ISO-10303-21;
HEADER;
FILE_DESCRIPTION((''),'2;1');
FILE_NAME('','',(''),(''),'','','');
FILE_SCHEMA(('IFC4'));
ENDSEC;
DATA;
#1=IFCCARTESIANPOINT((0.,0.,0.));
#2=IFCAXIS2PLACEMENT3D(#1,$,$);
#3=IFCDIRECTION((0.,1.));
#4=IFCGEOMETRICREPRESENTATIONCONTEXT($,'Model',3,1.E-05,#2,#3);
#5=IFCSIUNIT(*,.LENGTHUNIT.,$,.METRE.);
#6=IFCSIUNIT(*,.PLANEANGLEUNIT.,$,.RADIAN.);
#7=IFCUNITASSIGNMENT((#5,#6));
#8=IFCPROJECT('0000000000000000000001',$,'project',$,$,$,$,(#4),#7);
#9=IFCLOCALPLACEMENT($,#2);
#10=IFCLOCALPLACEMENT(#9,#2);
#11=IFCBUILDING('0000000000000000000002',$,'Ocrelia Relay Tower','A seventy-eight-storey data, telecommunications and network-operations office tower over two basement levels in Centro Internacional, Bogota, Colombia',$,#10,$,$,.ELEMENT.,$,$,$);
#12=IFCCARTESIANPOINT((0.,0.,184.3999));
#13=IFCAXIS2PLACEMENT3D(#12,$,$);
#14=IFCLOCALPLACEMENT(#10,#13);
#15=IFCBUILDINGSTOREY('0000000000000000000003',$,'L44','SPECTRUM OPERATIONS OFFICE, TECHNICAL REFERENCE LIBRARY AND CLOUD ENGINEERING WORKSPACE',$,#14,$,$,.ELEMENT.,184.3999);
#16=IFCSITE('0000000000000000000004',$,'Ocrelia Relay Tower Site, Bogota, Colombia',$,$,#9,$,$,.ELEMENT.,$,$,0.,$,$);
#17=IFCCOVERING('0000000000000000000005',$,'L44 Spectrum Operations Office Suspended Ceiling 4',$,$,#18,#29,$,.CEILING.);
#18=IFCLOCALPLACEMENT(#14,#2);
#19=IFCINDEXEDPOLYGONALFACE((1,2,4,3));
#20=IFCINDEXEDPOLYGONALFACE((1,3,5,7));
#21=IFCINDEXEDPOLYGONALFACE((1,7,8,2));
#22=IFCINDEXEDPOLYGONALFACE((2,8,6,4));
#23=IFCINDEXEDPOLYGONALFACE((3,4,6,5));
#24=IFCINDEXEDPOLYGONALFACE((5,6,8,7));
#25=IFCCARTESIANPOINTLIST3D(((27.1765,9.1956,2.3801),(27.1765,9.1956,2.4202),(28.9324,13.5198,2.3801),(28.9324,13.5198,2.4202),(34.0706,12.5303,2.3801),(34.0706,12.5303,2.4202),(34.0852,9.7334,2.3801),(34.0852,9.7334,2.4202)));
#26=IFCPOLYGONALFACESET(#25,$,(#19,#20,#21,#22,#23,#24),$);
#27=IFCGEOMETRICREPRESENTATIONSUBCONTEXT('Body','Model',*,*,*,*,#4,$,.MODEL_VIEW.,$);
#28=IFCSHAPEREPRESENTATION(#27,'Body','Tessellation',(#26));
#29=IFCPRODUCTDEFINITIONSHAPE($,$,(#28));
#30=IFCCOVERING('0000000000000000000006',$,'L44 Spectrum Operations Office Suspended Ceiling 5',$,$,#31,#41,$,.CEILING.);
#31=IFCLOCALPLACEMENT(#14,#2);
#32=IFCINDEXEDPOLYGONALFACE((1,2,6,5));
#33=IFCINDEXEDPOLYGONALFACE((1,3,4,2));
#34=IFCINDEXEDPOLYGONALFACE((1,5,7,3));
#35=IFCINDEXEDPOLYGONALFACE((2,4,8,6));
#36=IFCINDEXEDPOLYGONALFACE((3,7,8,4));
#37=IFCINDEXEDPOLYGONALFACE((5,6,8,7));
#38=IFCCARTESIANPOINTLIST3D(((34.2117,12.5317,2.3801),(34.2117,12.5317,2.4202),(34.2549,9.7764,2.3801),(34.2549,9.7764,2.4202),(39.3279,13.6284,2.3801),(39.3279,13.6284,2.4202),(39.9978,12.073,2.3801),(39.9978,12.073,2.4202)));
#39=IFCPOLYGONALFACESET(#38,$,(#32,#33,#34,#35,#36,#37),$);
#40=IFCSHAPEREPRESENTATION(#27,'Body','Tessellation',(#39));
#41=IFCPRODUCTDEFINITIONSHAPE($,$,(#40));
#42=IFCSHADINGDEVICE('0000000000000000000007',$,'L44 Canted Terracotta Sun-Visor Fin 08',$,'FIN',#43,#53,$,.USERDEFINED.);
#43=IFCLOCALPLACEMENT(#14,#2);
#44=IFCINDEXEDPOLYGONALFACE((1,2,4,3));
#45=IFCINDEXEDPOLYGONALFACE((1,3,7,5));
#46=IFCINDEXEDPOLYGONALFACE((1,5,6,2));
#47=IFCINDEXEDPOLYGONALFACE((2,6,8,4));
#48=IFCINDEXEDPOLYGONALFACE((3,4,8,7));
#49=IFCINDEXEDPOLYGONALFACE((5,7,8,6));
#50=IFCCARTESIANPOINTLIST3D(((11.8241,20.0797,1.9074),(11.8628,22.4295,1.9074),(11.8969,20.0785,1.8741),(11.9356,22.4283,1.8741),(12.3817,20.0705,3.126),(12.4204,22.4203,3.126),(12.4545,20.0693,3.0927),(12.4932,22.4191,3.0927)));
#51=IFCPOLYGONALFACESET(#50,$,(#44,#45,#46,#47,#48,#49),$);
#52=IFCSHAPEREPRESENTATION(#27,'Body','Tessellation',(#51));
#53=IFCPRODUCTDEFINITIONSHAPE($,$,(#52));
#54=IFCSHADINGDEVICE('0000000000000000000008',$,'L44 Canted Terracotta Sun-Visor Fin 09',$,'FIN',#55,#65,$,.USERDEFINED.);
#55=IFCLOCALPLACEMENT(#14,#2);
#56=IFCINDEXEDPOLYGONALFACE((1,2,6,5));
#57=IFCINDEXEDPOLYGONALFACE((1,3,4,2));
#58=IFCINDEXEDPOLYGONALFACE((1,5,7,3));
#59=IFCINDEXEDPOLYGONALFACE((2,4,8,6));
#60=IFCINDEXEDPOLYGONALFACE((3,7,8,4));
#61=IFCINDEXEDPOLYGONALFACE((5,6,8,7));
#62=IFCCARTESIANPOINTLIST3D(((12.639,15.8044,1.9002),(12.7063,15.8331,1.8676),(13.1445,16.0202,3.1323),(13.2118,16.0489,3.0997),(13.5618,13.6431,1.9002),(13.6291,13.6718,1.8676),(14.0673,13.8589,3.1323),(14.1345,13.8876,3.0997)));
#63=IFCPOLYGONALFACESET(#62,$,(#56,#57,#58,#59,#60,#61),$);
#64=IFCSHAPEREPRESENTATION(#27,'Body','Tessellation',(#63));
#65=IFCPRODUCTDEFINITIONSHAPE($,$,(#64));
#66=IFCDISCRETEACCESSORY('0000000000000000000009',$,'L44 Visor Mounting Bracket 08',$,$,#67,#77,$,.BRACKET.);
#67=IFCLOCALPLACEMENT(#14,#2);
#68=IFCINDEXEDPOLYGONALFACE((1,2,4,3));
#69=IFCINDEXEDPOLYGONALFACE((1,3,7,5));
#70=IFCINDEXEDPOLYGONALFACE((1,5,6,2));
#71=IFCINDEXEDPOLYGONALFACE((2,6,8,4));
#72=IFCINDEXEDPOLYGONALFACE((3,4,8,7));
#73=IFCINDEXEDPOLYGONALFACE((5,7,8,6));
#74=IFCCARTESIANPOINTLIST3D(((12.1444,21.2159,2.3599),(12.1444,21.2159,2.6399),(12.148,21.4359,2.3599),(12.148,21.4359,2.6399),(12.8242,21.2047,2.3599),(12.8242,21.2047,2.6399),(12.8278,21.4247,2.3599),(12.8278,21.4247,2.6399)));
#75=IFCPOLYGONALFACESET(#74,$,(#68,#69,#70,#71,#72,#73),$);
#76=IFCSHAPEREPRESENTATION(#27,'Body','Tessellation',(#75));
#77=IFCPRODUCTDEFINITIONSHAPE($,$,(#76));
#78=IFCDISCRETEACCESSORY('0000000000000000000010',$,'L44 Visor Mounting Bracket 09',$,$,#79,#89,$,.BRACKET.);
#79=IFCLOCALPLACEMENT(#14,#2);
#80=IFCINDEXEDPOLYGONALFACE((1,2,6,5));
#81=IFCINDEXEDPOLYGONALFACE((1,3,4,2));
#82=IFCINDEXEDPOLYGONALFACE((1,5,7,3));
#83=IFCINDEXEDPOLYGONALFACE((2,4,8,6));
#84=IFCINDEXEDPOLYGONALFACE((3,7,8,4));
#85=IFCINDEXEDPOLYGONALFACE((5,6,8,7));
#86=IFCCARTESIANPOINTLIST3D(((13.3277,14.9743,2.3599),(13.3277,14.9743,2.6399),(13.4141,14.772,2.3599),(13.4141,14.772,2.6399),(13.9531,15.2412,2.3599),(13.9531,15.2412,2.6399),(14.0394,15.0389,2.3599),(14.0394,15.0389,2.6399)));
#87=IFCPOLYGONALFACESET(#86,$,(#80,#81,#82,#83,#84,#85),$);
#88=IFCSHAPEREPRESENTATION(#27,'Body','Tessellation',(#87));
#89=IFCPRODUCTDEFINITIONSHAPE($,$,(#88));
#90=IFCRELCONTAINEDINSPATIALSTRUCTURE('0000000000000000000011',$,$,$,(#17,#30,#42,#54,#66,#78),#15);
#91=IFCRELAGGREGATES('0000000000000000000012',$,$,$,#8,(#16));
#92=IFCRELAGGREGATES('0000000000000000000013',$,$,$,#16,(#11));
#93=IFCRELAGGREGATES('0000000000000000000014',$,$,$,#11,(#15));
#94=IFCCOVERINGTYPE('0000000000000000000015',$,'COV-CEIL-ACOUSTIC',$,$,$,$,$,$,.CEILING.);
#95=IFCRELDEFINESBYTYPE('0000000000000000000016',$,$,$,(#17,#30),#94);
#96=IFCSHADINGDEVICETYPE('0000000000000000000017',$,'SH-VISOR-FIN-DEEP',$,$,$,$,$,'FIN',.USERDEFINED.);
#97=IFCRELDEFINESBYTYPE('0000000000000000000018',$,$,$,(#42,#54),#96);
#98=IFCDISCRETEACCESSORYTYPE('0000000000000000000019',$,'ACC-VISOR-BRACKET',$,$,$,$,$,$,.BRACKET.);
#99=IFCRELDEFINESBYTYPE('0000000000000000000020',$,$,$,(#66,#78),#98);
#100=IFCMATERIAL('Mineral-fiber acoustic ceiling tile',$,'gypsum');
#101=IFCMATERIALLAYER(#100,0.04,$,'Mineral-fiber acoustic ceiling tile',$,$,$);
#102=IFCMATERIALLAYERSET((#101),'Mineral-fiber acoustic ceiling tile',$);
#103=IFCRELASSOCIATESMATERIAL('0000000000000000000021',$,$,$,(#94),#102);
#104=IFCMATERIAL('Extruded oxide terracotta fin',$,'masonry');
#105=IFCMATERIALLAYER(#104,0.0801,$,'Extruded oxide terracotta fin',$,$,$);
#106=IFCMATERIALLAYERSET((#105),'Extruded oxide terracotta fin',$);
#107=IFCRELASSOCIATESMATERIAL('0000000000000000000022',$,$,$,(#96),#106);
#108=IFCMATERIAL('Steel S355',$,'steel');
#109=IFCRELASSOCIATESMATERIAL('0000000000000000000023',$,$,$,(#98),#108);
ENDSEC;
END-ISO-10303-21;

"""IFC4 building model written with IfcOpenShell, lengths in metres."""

from ifc_helpers import new_model, si_unit, direction, frame, origin, origin_2d, place, context, subcontext, project, spatial, polyline, rectangle, outline, extrude, material, layer, layer_set, type_object, element, save


model = new_model("IFC4")

# Units and contexts
model_context = context("Model", 3, precision=1e-05, world=origin(), true_north=direction((0.0, 1.0)))
body_context = subcontext(model_context, "Body", "Model", "MODEL_VIEW")
ifc_project = project(units=[si_unit("LENGTHUNIT", "METRE"), si_unit("PLANEANGLEUNIT", "RADIAN")], contexts=[model_context])

# Site, building, storey
site_placement = place(None, origin())
site = spatial("IfcSite", under=ifc_project, at=site_placement, Name="Ocrelia Relay Tower Site, Bogota, Colombia", CompositionType="ELEMENT", RefElevation=0.0)
building_placement = place(site_placement, origin())
building = spatial("IfcBuilding", under=site, at=building_placement, Name="Ocrelia Relay Tower", Description="A seventy-eight-storey data, telecommunications and network-operations office tower over two basement levels in Centro Internacional, Bogota, Colombia", CompositionType="ELEMENT")
storey_placement = place(building_placement, frame((0.0, 0.0, 184.3999)))
storey = spatial("IfcBuildingStorey", under=building, at=storey_placement, Name="L44", Description="SPECTRUM OPERATIONS OFFICE, TECHNICAL REFERENCE LIBRARY AND CLOUD ENGINEERING WORKSPACE", CompositionType="ELEMENT", Elevation=184.3999)

# Coverings
ifc_material_1 = material(Name="Mineral-fiber acoustic ceiling tile", Category="gypsum")
ifc_layer_1 = layer(ifc_material_1, 0.04, Name="Mineral-fiber acoustic ceiling tile")
ifc_layer_set_1 = layer_set([ifc_layer_1], Name="Mineral-fiber acoustic ceiling tile")
covering_type = type_object("IfcCoveringType", Name="COV-CEIL-ACOUSTIC", PredefinedType="CEILING", material=ifc_layer_set_1)
covering_1_placement = place(storey_placement, frame((0.0, 0.0, 2.3801)))
element("IfcCovering", 1, at=covering_1_placement, inside=storey, type_object=covering_type, Name="L44 Spectrum Operations Office Suspended Ceiling 4", PredefinedType="CEILING", context=body_context, shape_type="SweptSolid", body=[
    extrude(outline(polyline([(28.9324, 13.5198), (27.1765, 9.1956), (34.0852, 9.7334), (34.0706, 12.5303), (28.9324, 13.5198)])), origin(), (0.0, 0.0, 1.0), 0.04),
])
covering_2_placement = place(storey_placement, frame((0.0, 0.0, 2.3801)))
element("IfcCovering", 2, at=covering_2_placement, inside=storey, type_object=covering_type, Name="L44 Spectrum Operations Office Suspended Ceiling 5", PredefinedType="CEILING", context=body_context, shape_type="SweptSolid", body=[
    extrude(outline(polyline([(34.2117, 12.5317), (34.2549, 9.7764), (39.9978, 12.073), (39.3279, 13.6284), (34.2117, 12.5317)])), origin(), (0.0, 0.0, 1.0), 0.04),
])

# Shading devices
ifc_material_2 = material(Name="Extruded oxide terracotta fin", Category="masonry")
ifc_layer_2 = layer(ifc_material_2, 0.0801, Name="Extruded oxide terracotta fin")
ifc_layer_set_2 = layer_set([ifc_layer_2], Name="Extruded oxide terracotta fin")
shading_device_type = type_object("IfcShadingDeviceType", Name="SH-VISOR-FIN-DEEP", ElementType="FIN", PredefinedType="USERDEFINED", material=ifc_layer_set_2)
shading_device_1_placement = place(storey_placement, frame((12.1951, 21.2488, 2.4834), z_axis=(-0.909185, 0.014978, 0.416122), x_axis=(-0.016471, -0.999864, 0.0)))
element("IfcShadingDevice", 3, at=shading_device_1_placement, inside=storey, type_object=shading_device_type, Name="L44 Canted Terracotta Sun-Visor Fin 08", ObjectType="FIN", PredefinedType="USERDEFINED", context=body_context, shape_type="SweptSolid", body=[
    extrude(rectangle(XDim=2.3501, YDim=1.3401, at=origin_2d()), origin(), (0.0, 0.0, 1.0), 0.0801),
])
shading_device_2_placement = place(storey_placement, frame((13.4204, 14.8604, 2.4836), z_axis=(-0.839915, -0.358593, 0.407374), x_axis=(0.392651, -0.919688, 0.0)))
element("IfcShadingDevice", 4, at=shading_device_2_placement, inside=storey, type_object=shading_device_type, Name="L44 Canted Terracotta Sun-Visor Fin 09", ObjectType="FIN", PredefinedType="USERDEFINED", context=body_context, shape_type="SweptSolid", body=[
    extrude(rectangle(XDim=2.3501, YDim=1.3491, at=origin_2d()), origin(), (0.0, 0.0, 1.0), 0.0801),
])

# Discrete accessories
ifc_material_3 = material(Name="Steel S355", Category="steel")
discrete_accessory_type = type_object("IfcDiscreteAccessoryType", Name="ACC-VISOR-BRACKET", PredefinedType="BRACKET", material=ifc_material_3)
for number, where, z_axis, x_axis, name in (
    (5, (12.4861, 21.3203, 2.3599), (0.0, 0.0, 1.0), (-0.016471, -0.999864, 0.0), "L44 Visor Mounting Bracket 08"),
    (6, (13.6836, 15.0066, 2.3599), (0.0, 0.0, 1.0), (0.392651, -0.919688, 0.0), "L44 Visor Mounting Bracket 09"),
):
    element("IfcDiscreteAccessory", number, at=place(storey_placement, frame(where, z_axis=z_axis, x_axis=x_axis)), inside=storey, type_object=discrete_accessory_type, Name=name, PredefinedType="BRACKET", context=body_context, shape_type="SweptSolid", body=[
        extrude(rectangle(XDim=0.22, YDim=0.6799, at=origin_2d()), origin(), (0.0, 0.0, 1.0), 0.28),
    ])

save(model, "model.ifc")
